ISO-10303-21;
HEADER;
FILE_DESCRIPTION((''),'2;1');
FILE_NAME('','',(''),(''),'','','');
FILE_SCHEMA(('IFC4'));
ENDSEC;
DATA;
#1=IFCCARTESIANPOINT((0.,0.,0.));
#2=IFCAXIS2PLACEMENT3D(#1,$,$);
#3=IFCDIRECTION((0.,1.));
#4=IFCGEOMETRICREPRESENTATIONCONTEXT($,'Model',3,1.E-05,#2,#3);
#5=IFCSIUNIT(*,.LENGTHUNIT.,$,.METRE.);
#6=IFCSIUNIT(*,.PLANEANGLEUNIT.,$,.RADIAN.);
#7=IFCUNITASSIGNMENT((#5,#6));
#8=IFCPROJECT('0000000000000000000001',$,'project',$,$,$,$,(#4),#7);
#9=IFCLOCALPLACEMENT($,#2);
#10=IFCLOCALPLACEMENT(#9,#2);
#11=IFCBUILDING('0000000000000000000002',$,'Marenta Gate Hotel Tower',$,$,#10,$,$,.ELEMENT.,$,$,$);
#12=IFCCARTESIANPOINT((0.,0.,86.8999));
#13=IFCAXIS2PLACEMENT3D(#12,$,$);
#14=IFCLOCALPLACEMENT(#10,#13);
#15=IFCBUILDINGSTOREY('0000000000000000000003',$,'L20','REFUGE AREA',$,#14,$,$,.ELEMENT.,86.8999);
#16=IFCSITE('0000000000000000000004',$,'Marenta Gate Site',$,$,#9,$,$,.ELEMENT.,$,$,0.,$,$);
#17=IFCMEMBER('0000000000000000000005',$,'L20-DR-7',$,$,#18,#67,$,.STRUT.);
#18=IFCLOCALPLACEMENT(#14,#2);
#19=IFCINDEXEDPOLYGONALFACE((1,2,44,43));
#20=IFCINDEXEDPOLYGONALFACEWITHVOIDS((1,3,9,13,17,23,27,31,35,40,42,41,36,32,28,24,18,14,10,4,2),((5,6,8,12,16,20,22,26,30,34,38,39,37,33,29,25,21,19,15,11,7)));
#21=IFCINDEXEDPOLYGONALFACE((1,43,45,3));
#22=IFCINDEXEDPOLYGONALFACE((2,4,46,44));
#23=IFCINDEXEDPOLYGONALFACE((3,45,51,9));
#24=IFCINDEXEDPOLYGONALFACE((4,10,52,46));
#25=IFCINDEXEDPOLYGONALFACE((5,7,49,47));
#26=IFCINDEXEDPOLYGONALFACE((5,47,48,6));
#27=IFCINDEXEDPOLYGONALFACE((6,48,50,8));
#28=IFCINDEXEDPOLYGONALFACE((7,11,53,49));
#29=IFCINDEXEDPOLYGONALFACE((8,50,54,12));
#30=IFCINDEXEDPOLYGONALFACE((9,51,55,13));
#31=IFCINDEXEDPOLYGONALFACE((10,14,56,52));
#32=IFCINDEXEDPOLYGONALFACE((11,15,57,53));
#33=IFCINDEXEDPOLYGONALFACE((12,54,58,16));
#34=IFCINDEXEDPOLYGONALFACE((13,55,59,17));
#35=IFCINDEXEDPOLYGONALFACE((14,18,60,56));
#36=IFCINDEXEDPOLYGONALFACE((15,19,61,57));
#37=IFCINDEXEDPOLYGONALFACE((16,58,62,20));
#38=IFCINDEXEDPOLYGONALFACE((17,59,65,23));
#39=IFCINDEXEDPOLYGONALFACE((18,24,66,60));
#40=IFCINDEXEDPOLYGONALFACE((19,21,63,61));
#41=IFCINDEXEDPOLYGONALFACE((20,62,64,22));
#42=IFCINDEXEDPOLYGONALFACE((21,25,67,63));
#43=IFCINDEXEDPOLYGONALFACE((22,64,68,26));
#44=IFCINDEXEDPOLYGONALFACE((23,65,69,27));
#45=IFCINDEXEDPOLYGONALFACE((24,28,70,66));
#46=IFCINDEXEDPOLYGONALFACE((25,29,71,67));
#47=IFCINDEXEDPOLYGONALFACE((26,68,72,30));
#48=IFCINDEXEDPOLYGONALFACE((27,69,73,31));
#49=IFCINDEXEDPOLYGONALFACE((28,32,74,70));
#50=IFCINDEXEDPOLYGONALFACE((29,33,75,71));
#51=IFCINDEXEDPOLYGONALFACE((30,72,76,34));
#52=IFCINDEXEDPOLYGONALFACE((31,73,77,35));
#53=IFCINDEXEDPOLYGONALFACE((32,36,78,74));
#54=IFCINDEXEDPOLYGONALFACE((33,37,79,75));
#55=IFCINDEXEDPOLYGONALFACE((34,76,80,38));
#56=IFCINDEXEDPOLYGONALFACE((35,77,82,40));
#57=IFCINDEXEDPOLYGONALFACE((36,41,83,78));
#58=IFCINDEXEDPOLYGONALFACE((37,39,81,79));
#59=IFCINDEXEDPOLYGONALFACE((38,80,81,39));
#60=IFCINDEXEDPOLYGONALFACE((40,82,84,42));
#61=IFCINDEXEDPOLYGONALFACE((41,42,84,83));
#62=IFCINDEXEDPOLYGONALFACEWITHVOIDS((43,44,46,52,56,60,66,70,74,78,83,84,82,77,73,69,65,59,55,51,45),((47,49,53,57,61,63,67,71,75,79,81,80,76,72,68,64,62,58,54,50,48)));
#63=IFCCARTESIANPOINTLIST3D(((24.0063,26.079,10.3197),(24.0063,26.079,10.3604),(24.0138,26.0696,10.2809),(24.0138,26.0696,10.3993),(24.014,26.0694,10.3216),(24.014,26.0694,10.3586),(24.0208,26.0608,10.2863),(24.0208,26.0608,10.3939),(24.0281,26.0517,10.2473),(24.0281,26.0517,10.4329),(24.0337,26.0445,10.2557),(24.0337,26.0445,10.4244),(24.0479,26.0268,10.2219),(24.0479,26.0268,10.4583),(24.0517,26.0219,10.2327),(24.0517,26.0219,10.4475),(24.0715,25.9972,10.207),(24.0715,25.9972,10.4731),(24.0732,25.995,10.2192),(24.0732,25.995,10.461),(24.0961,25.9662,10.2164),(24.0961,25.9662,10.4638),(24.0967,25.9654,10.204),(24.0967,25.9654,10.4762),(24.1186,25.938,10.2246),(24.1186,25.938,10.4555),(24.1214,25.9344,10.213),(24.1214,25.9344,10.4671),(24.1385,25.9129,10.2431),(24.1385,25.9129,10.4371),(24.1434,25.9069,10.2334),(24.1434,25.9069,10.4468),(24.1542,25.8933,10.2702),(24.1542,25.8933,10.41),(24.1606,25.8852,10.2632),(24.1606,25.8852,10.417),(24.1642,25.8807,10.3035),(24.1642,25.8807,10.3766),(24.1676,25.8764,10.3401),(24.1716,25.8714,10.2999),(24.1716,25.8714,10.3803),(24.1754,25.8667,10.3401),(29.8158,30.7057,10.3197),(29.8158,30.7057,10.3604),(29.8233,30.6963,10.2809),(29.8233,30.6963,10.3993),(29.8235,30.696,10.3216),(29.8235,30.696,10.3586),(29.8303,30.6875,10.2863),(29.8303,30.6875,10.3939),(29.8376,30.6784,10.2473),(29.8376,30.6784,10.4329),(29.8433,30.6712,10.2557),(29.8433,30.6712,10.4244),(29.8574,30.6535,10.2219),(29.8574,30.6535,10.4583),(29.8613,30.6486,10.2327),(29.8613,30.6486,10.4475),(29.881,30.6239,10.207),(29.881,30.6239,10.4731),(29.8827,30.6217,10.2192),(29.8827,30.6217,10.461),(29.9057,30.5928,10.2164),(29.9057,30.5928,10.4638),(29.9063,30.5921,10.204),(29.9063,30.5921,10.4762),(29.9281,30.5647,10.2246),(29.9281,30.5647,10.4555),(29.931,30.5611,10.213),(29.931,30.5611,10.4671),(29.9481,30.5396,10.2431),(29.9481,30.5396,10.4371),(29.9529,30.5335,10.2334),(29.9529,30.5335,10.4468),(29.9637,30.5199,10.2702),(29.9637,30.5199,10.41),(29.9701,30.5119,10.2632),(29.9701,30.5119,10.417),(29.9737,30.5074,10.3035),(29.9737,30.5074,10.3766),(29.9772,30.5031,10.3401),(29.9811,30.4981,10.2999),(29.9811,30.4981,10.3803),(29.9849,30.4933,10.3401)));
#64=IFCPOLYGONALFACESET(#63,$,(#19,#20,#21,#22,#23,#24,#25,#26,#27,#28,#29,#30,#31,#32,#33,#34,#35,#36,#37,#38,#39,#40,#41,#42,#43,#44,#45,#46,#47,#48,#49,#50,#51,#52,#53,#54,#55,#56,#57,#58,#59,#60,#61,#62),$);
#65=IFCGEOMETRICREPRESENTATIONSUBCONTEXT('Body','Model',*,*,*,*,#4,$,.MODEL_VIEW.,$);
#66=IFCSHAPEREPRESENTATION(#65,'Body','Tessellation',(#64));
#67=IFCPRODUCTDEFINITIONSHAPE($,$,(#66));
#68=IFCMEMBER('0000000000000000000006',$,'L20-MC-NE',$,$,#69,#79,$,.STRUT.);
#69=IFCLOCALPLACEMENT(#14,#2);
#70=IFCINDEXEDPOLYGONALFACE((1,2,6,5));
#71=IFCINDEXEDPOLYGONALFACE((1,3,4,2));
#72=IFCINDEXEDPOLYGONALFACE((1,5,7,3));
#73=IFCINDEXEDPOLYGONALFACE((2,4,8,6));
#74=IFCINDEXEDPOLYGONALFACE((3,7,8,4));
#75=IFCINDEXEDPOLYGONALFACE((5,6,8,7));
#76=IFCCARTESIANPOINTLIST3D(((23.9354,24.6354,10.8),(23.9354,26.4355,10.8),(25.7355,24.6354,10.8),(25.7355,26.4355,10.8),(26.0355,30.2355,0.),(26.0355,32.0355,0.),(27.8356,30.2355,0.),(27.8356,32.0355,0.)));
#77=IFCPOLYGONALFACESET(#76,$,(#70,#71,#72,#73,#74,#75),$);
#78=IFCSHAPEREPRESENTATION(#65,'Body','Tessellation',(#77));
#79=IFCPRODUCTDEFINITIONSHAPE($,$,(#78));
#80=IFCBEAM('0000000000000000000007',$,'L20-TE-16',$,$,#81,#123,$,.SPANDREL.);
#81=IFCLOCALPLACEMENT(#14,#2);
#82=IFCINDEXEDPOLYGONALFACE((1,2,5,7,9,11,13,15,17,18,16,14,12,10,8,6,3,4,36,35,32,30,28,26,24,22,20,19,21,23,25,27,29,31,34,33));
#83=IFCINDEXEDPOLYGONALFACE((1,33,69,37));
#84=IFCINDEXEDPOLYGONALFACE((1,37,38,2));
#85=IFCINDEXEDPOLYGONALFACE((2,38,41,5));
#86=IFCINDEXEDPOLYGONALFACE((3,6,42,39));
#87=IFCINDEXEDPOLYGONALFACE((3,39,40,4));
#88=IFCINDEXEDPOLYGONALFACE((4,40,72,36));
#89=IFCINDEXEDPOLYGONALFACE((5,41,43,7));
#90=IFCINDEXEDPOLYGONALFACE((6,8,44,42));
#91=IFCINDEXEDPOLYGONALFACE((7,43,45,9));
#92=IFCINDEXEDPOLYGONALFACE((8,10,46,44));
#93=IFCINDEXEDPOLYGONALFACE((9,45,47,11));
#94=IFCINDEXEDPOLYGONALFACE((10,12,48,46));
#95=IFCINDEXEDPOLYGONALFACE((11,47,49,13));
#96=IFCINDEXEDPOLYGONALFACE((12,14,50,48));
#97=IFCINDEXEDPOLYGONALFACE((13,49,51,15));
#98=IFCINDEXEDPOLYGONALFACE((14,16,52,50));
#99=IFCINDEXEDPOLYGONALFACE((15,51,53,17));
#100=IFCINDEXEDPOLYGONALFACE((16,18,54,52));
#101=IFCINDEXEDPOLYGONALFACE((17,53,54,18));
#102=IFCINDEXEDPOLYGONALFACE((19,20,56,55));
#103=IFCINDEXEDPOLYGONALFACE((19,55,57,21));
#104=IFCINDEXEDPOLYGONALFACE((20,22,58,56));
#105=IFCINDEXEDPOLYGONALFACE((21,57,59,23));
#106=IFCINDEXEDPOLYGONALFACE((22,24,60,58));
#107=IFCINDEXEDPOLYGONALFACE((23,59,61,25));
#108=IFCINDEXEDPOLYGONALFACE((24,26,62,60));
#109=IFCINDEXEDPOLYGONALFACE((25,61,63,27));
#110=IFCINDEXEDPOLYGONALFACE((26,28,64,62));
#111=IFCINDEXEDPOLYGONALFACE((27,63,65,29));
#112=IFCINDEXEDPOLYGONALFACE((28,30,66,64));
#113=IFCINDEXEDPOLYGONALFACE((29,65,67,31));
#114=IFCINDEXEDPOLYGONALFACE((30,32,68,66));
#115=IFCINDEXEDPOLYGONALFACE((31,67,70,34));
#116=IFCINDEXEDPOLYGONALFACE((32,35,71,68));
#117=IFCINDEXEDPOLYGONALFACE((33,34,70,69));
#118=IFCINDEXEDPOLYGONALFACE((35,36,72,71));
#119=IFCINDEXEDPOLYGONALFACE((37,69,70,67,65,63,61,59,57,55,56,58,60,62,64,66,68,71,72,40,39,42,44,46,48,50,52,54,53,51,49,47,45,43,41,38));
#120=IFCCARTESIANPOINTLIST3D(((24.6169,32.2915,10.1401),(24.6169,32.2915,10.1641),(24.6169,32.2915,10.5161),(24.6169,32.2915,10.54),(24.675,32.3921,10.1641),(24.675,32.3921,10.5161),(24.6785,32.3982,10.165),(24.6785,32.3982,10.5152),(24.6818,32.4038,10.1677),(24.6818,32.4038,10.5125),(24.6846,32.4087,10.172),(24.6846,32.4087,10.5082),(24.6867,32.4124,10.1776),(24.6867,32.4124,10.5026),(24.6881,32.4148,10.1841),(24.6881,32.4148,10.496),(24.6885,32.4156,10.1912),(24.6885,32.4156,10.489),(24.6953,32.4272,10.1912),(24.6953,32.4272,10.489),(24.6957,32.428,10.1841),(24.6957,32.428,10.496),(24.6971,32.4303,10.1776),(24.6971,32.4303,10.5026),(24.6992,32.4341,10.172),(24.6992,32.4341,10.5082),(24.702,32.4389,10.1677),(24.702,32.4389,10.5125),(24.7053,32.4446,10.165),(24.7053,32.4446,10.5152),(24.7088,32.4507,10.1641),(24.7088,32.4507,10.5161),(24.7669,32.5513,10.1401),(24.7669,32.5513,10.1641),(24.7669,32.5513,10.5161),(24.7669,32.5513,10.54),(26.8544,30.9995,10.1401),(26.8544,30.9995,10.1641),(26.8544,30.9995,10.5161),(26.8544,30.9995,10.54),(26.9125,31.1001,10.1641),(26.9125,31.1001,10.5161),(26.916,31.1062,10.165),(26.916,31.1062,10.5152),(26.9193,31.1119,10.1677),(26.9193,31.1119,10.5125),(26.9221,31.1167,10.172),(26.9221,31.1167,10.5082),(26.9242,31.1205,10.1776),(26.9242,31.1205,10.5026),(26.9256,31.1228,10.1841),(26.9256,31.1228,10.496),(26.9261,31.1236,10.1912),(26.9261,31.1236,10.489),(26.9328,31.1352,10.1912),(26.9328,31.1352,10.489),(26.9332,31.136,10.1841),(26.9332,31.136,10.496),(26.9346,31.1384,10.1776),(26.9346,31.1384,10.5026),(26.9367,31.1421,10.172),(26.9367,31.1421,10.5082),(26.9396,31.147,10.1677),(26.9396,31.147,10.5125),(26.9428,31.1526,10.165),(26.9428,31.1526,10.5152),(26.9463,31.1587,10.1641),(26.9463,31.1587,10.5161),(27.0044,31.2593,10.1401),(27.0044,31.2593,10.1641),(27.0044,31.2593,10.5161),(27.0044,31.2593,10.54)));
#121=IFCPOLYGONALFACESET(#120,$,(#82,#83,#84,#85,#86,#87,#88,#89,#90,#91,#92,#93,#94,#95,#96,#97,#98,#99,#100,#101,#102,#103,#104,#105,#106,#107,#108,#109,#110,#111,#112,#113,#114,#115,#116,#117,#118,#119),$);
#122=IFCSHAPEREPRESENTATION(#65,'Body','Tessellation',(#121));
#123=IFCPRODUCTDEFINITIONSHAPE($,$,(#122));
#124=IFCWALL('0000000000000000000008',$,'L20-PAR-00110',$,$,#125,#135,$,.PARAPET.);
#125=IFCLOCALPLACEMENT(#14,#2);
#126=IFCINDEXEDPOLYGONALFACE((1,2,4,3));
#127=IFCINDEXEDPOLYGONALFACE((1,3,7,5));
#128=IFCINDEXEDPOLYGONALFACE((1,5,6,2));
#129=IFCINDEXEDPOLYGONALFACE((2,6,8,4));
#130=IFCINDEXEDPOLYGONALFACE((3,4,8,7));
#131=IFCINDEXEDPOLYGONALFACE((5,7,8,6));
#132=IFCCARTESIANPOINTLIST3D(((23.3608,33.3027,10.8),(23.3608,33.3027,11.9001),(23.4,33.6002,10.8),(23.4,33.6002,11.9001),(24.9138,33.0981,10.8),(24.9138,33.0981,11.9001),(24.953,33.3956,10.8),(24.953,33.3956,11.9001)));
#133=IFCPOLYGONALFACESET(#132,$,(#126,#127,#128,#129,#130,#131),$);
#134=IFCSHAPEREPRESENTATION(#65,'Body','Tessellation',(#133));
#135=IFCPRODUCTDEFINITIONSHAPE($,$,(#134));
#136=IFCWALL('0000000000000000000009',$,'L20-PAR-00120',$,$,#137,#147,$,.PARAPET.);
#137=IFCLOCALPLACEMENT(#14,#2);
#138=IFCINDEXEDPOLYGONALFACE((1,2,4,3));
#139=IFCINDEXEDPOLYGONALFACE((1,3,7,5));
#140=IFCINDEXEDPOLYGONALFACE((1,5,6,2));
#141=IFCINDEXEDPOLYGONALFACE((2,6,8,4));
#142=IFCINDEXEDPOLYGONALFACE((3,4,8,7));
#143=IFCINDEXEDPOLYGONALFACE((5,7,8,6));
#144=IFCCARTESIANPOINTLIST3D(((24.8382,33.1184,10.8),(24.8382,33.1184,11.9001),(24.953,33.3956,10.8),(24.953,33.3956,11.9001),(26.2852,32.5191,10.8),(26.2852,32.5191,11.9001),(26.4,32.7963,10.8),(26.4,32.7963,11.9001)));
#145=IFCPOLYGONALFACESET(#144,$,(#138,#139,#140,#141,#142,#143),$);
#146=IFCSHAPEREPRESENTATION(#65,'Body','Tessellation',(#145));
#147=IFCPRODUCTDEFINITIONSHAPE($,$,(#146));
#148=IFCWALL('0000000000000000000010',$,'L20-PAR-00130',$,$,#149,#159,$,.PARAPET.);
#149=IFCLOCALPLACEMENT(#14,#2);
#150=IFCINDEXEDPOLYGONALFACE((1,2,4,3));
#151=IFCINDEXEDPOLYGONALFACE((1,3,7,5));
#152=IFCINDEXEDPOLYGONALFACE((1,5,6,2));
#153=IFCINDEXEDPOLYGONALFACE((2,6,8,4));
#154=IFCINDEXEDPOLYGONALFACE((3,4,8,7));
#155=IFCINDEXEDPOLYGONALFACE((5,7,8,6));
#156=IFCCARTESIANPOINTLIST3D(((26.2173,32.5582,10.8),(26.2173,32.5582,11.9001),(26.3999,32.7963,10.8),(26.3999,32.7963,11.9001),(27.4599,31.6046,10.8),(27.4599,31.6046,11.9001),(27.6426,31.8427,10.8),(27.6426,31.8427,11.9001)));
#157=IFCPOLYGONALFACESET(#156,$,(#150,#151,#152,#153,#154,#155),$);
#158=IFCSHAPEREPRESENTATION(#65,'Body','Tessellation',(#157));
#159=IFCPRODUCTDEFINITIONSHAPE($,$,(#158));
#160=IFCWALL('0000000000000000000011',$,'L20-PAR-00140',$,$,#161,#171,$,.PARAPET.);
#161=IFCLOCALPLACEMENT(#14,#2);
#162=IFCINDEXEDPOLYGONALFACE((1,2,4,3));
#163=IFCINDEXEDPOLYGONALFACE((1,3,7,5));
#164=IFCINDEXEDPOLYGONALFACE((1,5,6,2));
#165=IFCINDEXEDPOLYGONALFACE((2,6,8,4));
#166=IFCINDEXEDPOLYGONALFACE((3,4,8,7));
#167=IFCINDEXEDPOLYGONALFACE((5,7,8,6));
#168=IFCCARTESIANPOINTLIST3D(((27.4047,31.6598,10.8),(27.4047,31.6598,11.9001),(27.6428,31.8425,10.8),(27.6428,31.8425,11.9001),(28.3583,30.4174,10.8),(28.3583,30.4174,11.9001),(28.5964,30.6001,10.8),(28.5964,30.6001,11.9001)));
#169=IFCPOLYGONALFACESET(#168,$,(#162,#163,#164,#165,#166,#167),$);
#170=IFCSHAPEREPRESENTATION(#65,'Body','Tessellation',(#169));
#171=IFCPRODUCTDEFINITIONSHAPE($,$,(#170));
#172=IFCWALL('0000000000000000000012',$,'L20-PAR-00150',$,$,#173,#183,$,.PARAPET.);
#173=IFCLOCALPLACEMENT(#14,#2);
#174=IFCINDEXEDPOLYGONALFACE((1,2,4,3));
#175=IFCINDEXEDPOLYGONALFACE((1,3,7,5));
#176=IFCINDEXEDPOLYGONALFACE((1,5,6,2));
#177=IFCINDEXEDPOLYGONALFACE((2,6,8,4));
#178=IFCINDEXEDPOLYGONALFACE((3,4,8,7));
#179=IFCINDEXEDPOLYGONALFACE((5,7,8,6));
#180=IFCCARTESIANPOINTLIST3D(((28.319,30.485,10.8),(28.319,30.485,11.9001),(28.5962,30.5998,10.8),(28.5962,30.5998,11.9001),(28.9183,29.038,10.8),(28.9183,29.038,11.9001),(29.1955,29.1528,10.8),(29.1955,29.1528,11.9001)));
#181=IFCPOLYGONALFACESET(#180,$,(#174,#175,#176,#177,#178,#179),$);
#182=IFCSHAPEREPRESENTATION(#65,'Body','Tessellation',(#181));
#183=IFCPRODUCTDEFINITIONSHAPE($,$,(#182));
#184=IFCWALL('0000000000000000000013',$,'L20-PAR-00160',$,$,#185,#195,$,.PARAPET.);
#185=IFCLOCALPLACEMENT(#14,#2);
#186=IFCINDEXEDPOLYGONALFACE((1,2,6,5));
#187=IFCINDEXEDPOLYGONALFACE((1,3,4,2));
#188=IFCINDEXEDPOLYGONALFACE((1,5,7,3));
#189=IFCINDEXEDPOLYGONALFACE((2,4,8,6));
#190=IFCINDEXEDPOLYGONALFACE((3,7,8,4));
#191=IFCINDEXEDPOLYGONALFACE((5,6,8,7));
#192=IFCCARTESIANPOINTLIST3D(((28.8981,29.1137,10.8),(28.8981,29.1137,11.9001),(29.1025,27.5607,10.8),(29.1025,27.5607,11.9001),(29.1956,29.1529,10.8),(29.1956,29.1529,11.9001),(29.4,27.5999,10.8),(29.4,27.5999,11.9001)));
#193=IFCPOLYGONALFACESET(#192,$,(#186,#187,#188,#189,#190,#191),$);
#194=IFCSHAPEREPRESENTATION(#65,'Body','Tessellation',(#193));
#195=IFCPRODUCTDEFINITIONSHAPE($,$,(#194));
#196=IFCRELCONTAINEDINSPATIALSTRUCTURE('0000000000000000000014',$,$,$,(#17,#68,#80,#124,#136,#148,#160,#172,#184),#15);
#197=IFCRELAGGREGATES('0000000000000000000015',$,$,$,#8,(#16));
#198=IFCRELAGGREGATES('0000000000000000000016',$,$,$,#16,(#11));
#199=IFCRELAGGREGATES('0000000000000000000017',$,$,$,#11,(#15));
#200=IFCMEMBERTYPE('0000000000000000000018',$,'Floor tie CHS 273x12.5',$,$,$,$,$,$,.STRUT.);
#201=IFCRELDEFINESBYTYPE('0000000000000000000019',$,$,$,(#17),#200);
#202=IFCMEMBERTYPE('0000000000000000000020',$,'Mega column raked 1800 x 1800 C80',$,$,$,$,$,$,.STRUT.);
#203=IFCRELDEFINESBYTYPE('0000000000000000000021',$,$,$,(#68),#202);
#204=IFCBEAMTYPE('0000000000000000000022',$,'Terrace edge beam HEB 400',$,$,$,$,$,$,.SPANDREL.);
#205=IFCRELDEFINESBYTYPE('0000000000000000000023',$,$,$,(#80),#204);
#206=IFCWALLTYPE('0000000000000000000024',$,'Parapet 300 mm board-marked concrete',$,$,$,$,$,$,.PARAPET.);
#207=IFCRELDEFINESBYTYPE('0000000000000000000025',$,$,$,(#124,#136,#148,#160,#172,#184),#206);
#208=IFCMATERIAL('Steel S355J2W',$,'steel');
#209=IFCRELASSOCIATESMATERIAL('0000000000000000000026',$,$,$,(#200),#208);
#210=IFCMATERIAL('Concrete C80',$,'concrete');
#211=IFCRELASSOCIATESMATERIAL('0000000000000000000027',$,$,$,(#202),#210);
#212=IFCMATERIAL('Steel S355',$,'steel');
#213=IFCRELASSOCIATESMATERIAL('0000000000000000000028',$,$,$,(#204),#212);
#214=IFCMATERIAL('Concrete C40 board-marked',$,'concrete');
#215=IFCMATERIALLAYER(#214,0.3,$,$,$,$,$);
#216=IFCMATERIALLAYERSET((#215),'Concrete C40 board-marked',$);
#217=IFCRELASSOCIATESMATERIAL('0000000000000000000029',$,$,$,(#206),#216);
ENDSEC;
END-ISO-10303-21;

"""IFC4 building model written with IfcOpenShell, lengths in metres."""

from ifc_helpers import new_model, si_unit, direction, frame, frame_2d, origin, origin_2d, place, context, subcontext, project, spatial, rectangle, hollow_circle, i_section, extrude, material, layer, layer_set, material_profile, profile_set, type_object, element, save


model = new_model("IFC4")

# Units and contexts
model_context = context("Model", 3, precision=1e-05, world=origin(), true_north=direction((0.0, 1.0)))
body_context = subcontext(model_context, "Body", "Model", "MODEL_VIEW")
ifc_project = project(units=[si_unit("LENGTHUNIT", "METRE"), si_unit("PLANEANGLEUNIT", "RADIAN")], contexts=[model_context])

# Site, building, storey
site_placement = place(None, origin())
site = spatial("IfcSite", under=ifc_project, at=site_placement, Name="Marenta Gate Site", CompositionType="ELEMENT", RefElevation=0.0)
building_placement = place(site_placement, origin())
building = spatial("IfcBuilding", under=site, at=building_placement, Name="Marenta Gate Hotel Tower", CompositionType="ELEMENT")
storey_placement = place(building_placement, frame((0.0, 0.0, 86.8999)))
storey = spatial("IfcBuildingStorey", under=building, at=storey_placement, Name="L20", Description="REFUGE AREA", CompositionType="ELEMENT", Elevation=86.8999)

# Members
ifc_material_1 = material(Name="Steel S355J2W", Category="steel")
ifc_material_profile_1 = material_profile(ifc_material_1, hollow_circle(Radius=0.1365, WallThickness=0.0125, at=origin_2d()), Name="CHS 273x12.5")
ifc_profile_set_1 = profile_set([ifc_material_profile_1], Name="Steel S355J2W")
member_type_1 = type_object("IfcMemberType", Name="Floor tie CHS 273x12.5", PredefinedType="STRUT", material=ifc_profile_set_1)
member_1_placement = place(storey_placement, frame((29.8999, 30.6001, 10.3401), z_axis=(-0.782243, -0.622974, 0.0), x_axis=(0.622974, -0.782243, 0.0)))
element("IfcMember", 1, at=member_1_placement, inside=storey, type_object=member_type_1, Name="L20-DR-7", PredefinedType="STRUT", context=body_context, shape_type="SweptSolid", body=[
    extrude(hollow_circle(Radius=0.1365, WallThickness=0.0125, at=origin_2d()), origin(), (0.0, 0.0, 1.0), 7.4268),
])
ifc_material_2 = material(Name="Concrete C80", Category="concrete")
ifc_material_profile_2 = material_profile(ifc_material_2, rectangle(XDim=1.8, YDim=1.8, at=origin_2d()), Name="1800 x 1800")
ifc_profile_set_2 = profile_set([ifc_material_profile_2], Name="Concrete C80")
member_type_2 = type_object("IfcMemberType", Name="Mega column raked 1800 x 1800 C80", PredefinedType="STRUT", material=ifc_profile_set_2)
member_2_placement = place(storey_placement, frame((26.9355, 31.1355, 0.0), z_axis=(0.0, 0.0, 1.0), x_axis=(1.0, 0.0, 0.0)))
element("IfcMember", 2, at=member_2_placement, inside=storey, type_object=member_type_2, Name="L20-MC-NE", PredefinedType="STRUT", context=body_context, shape_type="SweptSolid", body=[
    extrude(rectangle(XDim=1.8, YDim=1.8, at=origin_2d()), origin(), (-0.17011, -0.453613, 0.874813), 12.3455),
])

# Beam
ifc_material_3 = material(Name="Steel S355", Category="steel")
ifc_material_profile_3 = material_profile(ifc_material_3, i_section(OverallWidth=0.3, OverallDepth=0.3999, WebThickness=0.0134, FlangeThickness=0.0239, FilletRadius=0.0271, at=origin_2d()), Name="HEB 400")
ifc_profile_set_3 = profile_set([ifc_material_profile_3], Name="Steel S355")
beam_type_1 = type_object("IfcBeamType", Name="Terrace edge beam HEB 400", PredefinedType="SPANDREL", material=ifc_profile_set_3)
beam_1_placement = place(storey_placement, frame((24.6919, 32.4214, 10.3401), z_axis=(0.866001, -0.500041, 0.0), x_axis=(0.500041, 0.866001, 0.0)))
element("IfcBeam", 3, at=beam_1_placement, inside=storey, type_object=beam_type_1, Name="L20-TE-16", PredefinedType="SPANDREL", context=body_context, shape_type="SweptSolid", body=[
    extrude(i_section(OverallWidth=0.3, OverallDepth=0.3999, WebThickness=0.0134, FlangeThickness=0.0239, FilletRadius=0.0271, at=origin_2d()), origin(), (0.0, 0.0, 1.0), 2.5837),
])

# Walls
ifc_material_4 = material(Name="Concrete C40 board-marked", Category="concrete")
ifc_layer_1 = layer(ifc_material_4, 0.3)
ifc_layer_set_1 = layer_set([ifc_layer_1], Name="Concrete C40 board-marked")
wall_type = type_object("IfcWallType", Name="Parapet 300 mm board-marked concrete", PredefinedType="PARAPET", material=ifc_layer_set_1)
wall_1_placement = place(storey_placement, frame((23.3804, 33.4514, 10.8), z_axis=(0.0, 0.0, 1.0), x_axis=(0.991434, -0.130612, 0.0)))
element("IfcWall", 4, at=wall_1_placement, inside=storey, type_object=wall_type, Name="L20-PAR-00110", PredefinedType="PARAPET", context=body_context, shape_type="SweptSolid", body=[
    extrude(rectangle(XDim=1.5664, YDim=0.3, at=frame_2d((0.7832, 0.0))), origin(), (0.0, 0.0, 1.0), 1.1001),
])
wall_2_placement = place(storey_placement, frame((24.8955, 33.2571, 10.8), z_axis=(0.0, 0.0, 1.0), x_axis=(0.923882, -0.382678, 0.0)))
element("IfcWall", 5, at=wall_2_placement, inside=storey, type_object=wall_type, Name="L20-PAR-00120", PredefinedType="PARAPET", context=body_context, shape_type="SweptSolid", body=[
    extrude(rectangle(XDim=1.5662, YDim=0.3, at=frame_2d((0.7832, 0.0))), origin(), (0.0, 0.0, 1.0), 1.1001),
])
wall_3_placement = place(storey_placement, frame((26.3086, 32.6772, 10.8), z_axis=(0.0, 0.0, 1.0), x_axis=(0.79333, -0.608791, 0.0)))
element("IfcWall", 6, at=wall_3_placement, inside=storey, type_object=wall_type, Name="L20-PAR-00130", PredefinedType="PARAPET", context=body_context, shape_type="SweptSolid", body=[
    extrude(rectangle(XDim=1.5664, YDim=0.3, at=frame_2d((0.7832, 0.0))), origin(), (0.0, 0.0, 1.0), 1.1001),
])
for number, where, z_axis, x_axis, name in (
    (7, (27.5237, 31.7512, 10.8), (0.0, 0.0, 1.0), (0.608867, -0.793273, 0.0), "L20-PAR-00140"),
    (8, (28.4575, 30.5425, 10.8), (0.0, 0.0, 1.0), (0.382678, -0.923882, 0.0), "L20-PAR-00150"),
):
    element("IfcWall", number, at=place(storey_placement, frame(where, z_axis=z_axis, x_axis=x_axis)), inside=storey, type_object=wall_type, Name=name, PredefinedType="PARAPET", context=body_context, shape_type="SweptSolid", body=[
        extrude(rectangle(XDim=1.5662, YDim=0.3, at=frame_2d((0.7832, 0.0))), origin(), (0.0, 0.0, 1.0), 1.1001),
    ])
wall_4_placement = place(storey_placement, frame((29.0469, 29.1333, 10.8), z_axis=(0.0, 0.0, 1.0), x_axis=(0.130459, -0.991454, 0.0)))
element("IfcWall", 9, at=wall_4_placement, inside=storey, type_object=wall_type, Name="L20-PAR-00160", PredefinedType="PARAPET", context=body_context, shape_type="SweptSolid", body=[
    extrude(rectangle(XDim=1.5664, YDim=0.3, at=frame_2d((0.7832, 0.0))), origin(), (0.0, 0.0, 1.0), 1.1001),
])

save(model, "model.ifc")
